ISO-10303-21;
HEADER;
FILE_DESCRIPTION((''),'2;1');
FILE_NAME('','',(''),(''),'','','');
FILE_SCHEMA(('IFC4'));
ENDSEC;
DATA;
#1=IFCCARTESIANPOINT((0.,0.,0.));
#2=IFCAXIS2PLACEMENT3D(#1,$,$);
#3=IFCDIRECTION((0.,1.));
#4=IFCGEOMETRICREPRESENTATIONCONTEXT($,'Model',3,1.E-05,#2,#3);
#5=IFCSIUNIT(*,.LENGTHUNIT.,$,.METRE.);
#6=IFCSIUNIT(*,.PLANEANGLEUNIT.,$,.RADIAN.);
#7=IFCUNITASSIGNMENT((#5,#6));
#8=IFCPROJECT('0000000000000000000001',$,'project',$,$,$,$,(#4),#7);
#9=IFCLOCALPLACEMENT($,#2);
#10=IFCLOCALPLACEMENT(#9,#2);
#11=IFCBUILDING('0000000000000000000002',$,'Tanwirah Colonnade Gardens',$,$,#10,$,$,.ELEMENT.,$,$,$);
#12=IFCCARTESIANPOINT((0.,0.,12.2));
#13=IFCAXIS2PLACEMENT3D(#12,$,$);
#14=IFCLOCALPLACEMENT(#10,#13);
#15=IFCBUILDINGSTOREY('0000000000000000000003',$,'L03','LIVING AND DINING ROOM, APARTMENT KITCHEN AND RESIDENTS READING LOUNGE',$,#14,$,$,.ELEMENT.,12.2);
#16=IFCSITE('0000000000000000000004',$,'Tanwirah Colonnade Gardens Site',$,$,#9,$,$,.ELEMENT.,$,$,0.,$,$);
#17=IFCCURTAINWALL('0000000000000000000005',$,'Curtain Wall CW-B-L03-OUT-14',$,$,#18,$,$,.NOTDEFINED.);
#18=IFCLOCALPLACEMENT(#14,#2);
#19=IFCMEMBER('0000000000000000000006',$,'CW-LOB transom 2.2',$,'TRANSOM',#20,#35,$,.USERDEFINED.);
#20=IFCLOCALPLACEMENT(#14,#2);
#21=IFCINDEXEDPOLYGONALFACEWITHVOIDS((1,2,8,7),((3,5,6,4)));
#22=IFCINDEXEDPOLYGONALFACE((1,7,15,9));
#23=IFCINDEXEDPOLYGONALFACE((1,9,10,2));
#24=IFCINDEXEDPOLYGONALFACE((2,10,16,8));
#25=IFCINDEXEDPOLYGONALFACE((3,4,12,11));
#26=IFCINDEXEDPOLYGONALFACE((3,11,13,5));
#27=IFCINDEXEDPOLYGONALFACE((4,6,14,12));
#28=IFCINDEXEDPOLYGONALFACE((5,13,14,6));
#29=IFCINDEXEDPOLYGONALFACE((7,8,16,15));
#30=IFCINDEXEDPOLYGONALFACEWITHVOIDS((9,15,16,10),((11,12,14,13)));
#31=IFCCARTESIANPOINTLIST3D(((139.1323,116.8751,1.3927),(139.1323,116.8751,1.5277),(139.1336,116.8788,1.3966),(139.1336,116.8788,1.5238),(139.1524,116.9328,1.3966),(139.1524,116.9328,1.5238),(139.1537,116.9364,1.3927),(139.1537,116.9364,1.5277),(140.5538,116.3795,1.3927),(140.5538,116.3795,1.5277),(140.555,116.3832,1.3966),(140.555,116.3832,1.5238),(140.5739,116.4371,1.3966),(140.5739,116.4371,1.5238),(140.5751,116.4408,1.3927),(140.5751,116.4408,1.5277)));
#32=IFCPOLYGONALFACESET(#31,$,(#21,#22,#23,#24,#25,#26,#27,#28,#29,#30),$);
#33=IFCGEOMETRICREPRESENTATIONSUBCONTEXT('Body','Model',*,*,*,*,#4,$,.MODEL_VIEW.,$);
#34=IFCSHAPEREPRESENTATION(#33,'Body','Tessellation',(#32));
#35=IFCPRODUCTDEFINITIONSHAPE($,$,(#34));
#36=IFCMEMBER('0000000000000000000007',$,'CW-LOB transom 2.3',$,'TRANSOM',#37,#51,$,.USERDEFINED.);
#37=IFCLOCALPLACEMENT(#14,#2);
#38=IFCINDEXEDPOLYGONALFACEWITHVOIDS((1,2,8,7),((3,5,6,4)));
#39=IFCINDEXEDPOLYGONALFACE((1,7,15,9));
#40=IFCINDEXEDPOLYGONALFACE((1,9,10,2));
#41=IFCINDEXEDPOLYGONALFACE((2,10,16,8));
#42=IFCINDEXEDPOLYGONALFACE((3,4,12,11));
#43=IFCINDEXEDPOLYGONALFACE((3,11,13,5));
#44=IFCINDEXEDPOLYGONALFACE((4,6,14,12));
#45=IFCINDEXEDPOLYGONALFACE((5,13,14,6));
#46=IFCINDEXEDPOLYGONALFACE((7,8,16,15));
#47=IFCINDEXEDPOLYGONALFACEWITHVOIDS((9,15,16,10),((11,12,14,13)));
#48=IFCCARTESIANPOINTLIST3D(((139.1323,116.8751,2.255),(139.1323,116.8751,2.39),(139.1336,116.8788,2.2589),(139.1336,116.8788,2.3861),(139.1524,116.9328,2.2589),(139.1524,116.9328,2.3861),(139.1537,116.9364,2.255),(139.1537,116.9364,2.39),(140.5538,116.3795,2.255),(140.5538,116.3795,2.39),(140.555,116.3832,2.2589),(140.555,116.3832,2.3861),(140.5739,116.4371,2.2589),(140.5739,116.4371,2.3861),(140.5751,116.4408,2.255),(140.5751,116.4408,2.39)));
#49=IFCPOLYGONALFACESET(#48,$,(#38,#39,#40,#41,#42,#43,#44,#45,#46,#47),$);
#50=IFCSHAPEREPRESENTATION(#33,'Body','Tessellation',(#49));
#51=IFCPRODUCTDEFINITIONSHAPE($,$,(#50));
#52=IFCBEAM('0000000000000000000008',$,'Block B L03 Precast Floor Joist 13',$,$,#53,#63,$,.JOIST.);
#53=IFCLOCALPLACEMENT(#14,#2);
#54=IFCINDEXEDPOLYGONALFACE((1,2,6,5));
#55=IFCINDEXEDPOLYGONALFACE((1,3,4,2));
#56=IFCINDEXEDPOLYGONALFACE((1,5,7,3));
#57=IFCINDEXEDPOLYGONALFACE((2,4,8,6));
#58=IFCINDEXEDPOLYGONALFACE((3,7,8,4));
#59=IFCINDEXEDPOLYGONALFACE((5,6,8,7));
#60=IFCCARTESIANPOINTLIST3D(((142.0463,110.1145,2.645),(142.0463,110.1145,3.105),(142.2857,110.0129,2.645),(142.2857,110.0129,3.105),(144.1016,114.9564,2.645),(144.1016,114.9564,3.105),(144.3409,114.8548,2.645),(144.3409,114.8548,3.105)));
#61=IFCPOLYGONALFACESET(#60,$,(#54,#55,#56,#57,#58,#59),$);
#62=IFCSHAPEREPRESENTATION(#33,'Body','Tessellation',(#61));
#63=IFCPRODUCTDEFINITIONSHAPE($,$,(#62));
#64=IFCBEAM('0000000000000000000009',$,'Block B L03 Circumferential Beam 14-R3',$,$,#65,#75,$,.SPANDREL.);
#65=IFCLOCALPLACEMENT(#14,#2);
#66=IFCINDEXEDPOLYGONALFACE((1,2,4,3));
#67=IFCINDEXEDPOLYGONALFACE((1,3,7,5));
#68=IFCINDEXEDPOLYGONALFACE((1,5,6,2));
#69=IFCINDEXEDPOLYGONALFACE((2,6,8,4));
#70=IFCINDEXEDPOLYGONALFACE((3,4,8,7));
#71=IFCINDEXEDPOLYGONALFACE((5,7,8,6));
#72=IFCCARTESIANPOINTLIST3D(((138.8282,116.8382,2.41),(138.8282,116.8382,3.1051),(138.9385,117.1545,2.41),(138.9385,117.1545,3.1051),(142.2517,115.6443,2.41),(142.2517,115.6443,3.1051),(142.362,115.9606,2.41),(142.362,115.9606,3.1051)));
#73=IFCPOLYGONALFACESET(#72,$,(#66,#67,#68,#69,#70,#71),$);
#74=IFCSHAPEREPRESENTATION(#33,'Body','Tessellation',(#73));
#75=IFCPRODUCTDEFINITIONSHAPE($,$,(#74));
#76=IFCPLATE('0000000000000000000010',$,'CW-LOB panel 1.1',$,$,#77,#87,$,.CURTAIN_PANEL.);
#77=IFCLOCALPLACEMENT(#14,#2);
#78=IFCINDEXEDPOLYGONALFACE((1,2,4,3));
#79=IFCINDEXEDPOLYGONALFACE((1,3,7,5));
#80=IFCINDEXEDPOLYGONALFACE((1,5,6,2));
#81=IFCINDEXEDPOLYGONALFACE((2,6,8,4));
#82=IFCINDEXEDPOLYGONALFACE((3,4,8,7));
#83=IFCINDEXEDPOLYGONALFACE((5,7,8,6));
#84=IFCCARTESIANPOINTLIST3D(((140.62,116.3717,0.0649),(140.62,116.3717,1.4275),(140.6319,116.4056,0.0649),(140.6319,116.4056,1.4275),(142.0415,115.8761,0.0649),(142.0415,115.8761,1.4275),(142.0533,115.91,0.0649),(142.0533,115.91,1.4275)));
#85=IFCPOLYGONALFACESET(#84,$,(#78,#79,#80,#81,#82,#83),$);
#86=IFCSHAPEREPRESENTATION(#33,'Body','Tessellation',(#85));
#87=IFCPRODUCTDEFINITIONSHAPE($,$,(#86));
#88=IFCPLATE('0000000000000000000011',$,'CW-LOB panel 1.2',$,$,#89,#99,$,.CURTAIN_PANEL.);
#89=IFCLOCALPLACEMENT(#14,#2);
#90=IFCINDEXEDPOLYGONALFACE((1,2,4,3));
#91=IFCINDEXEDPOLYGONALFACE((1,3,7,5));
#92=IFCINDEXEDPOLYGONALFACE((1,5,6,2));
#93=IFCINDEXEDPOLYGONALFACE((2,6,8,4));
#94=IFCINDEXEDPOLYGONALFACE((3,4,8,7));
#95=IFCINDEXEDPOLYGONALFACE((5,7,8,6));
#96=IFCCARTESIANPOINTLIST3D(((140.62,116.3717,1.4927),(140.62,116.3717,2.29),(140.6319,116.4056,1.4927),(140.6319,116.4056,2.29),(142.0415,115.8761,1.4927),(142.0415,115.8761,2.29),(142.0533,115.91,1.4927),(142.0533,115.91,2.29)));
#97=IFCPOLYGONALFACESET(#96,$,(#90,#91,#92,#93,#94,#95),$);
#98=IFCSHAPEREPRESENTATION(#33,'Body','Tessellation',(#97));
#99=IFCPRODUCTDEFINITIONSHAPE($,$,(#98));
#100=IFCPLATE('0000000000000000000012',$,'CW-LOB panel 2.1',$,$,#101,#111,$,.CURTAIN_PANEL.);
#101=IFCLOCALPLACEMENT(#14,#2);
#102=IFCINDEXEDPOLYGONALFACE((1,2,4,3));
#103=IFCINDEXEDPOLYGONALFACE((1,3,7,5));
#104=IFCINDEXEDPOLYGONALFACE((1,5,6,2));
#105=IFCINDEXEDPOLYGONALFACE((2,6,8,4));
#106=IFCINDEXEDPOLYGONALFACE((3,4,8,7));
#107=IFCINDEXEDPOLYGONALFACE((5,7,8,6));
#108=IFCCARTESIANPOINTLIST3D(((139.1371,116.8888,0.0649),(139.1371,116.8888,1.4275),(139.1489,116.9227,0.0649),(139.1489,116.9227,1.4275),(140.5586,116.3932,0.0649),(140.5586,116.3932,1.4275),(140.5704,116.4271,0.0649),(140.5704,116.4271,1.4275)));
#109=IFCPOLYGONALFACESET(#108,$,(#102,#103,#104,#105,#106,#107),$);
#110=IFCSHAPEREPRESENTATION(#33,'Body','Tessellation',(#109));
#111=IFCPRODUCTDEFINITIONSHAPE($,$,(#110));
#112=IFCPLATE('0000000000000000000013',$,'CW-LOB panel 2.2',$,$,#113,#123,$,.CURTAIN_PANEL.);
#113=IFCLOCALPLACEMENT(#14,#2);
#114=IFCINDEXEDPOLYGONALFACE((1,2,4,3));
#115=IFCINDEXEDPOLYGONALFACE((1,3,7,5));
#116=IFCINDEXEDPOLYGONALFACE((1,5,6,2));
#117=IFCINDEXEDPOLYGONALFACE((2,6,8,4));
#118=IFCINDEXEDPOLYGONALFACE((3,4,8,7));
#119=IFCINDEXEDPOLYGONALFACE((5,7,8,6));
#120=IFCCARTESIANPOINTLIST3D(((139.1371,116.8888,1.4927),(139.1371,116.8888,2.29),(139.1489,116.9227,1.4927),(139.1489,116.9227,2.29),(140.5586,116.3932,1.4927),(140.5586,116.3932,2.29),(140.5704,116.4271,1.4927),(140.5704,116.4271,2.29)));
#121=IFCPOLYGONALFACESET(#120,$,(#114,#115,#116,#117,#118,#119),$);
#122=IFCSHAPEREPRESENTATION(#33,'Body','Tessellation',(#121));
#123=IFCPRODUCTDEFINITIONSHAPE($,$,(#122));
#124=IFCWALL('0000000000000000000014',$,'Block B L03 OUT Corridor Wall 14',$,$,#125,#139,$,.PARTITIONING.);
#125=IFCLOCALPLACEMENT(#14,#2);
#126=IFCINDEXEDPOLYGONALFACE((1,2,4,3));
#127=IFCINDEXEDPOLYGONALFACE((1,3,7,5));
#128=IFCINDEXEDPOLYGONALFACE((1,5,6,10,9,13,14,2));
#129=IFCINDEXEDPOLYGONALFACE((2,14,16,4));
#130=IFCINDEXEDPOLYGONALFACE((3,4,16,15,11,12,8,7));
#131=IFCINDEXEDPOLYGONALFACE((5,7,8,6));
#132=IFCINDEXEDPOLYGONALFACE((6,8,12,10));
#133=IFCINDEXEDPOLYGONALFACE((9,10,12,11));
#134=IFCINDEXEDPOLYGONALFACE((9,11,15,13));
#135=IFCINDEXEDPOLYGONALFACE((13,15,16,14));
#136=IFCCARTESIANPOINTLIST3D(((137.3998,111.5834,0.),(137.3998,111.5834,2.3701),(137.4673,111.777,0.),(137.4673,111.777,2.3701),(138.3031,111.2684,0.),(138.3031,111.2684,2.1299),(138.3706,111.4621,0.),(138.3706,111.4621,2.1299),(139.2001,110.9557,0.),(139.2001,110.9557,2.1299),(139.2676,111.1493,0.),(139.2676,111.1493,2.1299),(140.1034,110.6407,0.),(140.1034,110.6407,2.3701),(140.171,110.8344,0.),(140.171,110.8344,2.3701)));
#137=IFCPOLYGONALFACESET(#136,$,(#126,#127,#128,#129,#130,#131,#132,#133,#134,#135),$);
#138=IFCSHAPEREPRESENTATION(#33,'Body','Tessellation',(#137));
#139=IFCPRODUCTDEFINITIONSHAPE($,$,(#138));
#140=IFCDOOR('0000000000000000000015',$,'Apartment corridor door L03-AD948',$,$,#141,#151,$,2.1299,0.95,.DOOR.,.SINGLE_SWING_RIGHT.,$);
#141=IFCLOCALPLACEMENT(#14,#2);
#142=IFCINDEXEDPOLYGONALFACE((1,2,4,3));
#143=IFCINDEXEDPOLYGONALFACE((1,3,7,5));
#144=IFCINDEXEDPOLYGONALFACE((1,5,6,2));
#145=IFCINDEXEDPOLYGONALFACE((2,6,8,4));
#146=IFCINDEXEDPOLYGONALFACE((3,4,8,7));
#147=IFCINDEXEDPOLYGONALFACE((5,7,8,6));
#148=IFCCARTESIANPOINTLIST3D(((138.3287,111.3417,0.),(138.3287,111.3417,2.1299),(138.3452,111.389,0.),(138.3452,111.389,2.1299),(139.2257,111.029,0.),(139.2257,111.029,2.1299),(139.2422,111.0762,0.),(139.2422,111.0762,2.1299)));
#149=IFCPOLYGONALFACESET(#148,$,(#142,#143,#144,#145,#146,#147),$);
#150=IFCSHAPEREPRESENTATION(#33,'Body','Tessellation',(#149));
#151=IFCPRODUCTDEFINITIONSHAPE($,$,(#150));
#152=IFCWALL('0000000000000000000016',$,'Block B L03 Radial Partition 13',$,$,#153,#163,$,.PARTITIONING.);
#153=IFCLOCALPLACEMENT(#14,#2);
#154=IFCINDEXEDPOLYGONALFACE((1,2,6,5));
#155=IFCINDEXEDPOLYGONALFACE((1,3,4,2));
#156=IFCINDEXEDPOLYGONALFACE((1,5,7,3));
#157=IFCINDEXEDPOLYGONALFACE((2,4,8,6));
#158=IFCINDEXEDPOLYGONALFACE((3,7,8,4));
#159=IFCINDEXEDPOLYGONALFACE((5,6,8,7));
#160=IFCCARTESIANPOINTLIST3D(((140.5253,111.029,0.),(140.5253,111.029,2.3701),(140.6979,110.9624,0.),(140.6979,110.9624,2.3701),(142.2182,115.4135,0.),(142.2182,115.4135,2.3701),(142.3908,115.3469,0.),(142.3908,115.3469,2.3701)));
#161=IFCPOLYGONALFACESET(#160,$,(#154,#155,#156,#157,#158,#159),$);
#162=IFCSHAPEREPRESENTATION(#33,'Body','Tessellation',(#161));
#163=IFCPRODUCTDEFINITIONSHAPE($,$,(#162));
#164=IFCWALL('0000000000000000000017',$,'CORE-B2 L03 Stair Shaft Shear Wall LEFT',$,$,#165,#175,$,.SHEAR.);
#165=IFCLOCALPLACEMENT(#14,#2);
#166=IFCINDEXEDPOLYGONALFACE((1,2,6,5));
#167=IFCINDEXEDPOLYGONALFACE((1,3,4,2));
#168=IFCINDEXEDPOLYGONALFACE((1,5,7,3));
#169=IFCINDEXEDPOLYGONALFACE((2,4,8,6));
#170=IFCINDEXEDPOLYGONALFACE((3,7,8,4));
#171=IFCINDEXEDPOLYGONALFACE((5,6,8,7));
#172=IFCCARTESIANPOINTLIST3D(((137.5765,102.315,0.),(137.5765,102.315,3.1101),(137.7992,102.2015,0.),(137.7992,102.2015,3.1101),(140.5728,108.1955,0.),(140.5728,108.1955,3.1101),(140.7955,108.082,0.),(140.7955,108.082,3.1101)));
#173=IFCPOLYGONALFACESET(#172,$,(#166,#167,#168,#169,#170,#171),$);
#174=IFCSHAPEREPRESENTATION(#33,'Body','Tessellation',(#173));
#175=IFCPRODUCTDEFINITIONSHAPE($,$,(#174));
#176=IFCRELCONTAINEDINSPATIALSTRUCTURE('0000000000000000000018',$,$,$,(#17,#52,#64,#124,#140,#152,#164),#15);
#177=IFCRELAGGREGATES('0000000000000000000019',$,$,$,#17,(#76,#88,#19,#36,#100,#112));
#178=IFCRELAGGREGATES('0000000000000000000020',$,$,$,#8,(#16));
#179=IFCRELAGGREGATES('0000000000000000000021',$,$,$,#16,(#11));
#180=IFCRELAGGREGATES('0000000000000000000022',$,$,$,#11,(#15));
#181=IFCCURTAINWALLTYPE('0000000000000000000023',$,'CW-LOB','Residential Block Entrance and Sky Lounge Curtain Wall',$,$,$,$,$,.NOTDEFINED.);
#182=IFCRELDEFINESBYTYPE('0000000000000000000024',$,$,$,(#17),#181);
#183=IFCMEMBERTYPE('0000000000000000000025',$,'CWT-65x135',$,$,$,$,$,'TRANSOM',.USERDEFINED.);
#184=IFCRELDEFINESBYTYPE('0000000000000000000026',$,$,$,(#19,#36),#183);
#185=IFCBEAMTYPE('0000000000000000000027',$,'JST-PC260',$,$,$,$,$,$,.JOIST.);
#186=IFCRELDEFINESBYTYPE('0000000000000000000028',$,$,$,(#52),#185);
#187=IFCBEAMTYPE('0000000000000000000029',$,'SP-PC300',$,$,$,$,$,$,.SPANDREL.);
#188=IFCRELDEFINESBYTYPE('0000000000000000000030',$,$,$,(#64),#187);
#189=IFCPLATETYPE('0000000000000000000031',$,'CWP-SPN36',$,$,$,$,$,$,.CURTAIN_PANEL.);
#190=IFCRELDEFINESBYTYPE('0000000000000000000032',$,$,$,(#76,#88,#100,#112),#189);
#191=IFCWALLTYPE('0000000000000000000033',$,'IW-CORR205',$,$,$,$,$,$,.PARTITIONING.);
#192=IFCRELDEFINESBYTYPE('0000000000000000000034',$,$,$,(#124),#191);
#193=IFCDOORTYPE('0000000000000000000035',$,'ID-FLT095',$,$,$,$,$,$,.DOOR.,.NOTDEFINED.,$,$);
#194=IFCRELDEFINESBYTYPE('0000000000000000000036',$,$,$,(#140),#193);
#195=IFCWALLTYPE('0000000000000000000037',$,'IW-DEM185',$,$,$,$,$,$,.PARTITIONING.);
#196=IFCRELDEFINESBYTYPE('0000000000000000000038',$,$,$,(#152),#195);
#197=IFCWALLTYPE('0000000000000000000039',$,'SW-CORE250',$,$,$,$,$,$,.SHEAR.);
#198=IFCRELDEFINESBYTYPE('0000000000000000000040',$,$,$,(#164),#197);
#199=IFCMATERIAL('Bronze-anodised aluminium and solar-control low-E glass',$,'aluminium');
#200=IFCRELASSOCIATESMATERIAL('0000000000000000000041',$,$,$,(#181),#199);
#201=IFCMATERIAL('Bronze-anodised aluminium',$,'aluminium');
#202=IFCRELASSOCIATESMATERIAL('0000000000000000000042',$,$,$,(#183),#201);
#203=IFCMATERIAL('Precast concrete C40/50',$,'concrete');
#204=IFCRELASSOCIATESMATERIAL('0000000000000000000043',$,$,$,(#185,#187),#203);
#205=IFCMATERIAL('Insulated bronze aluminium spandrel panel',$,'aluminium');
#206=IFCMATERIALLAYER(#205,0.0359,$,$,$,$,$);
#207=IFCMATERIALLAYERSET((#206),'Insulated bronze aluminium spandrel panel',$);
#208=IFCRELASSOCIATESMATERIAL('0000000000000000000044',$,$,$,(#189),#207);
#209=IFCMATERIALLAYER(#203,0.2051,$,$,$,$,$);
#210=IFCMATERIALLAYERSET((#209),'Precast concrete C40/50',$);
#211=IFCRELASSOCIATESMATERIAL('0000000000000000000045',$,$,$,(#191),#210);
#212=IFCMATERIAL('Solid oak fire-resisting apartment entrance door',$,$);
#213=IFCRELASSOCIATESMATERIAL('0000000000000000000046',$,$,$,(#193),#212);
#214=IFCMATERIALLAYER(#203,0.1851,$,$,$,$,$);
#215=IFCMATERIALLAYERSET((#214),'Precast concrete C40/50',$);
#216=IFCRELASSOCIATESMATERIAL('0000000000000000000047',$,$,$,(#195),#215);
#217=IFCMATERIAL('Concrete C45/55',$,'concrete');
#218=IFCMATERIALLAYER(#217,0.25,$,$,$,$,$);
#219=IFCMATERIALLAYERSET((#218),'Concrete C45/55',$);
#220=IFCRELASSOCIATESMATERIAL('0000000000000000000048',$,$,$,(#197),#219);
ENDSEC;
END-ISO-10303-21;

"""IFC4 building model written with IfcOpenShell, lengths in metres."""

from ifc_helpers import new_model, si_unit, direction, frame, frame_2d, origin, origin_2d, place, context, subcontext, project, spatial, rectangle, hollow_rectangle, extrude, material, layer, layer_set, material_profile, profile_set, type_object, element, fill, aggregate, save


model = new_model("IFC4")

# Units and contexts
model_context = context("Model", 3, precision=1e-05, world=origin(), true_north=direction((0.0, 1.0)))
body_context = subcontext(model_context, "Body", "Model", "MODEL_VIEW")
ifc_project = project(units=[si_unit("LENGTHUNIT", "METRE"), si_unit("PLANEANGLEUNIT", "RADIAN")], contexts=[model_context])

# Site, building, storey
site_placement = place(None, origin())
site = spatial("IfcSite", under=ifc_project, at=site_placement, Name="Tanwirah Colonnade Gardens Site", CompositionType="ELEMENT", RefElevation=0.0)
building_placement = place(site_placement, origin())
building = spatial("IfcBuilding", under=site, at=building_placement, Name="Tanwirah Colonnade Gardens", CompositionType="ELEMENT")
storey_placement = place(building_placement, frame((0.0, 0.0, 12.2)))
storey = spatial("IfcBuildingStorey", under=building, at=storey_placement, Name="L03", Description="LIVING AND DINING ROOM, APARTMENT KITCHEN AND RESIDENTS READING LOUNGE", CompositionType="ELEMENT", Elevation=12.2)

# Shared definitions
ifc_material_1 = material(Name="Precast concrete C40/50", Category="concrete")

# Curtain wall, members
ifc_material_2 = material(Name="Bronze-anodised aluminium and solar-control low-E glass", Category="aluminium")
curtain_wall_type = type_object("IfcCurtainWallType", Name="CW-LOB", Description="Residential Block Entrance and Sky Lounge Curtain Wall", PredefinedType="NOTDEFINED", material=ifc_material_2)
curtain_wall_placement = place(storey_placement, origin())
curtain_wall = element("IfcCurtainWall", 1, at=curtain_wall_placement, inside=storey, type_object=curtain_wall_type, Name="Curtain Wall CW-B-L03-OUT-14", PredefinedType="NOTDEFINED")
ifc_material_3 = material(Name="Bronze-anodised aluminium", Category="aluminium")
ifc_material_profile_1 = material_profile(ifc_material_3, hollow_rectangle(XDim=0.0649, YDim=0.135, WallThickness=0.0039, at=origin_2d()), Name="CW-TRN 65x135x4")
ifc_profile_set_1 = profile_set([ifc_material_profile_1], Name="Bronze-anodised aluminium")
member_type_1 = type_object("IfcMemberType", Name="CWT-65x135", ElementType="TRANSOM", PredefinedType="USERDEFINED", material=ifc_profile_set_1)
member_1_placement = place(storey_placement, frame((140.5645, 116.4102, 1.4602), z_axis=(-0.944247, 0.329238, 0.0), x_axis=(-0.329238, -0.944247, 0.0)))
member_1 = element("IfcMember", 2, at=member_1_placement, type_object=member_type_1, Name="CW-LOB transom 2.2", ObjectType="TRANSOM", PredefinedType="USERDEFINED", context=body_context, shape_type="SweptSolid", body=[
    extrude(hollow_rectangle(XDim=0.0649, YDim=0.135, WallThickness=0.0039, at=origin_2d()), origin(), (0.0, 0.0, 1.0), 1.5054),
])
member_2_placement = place(storey_placement, frame((140.5645, 116.4102, 2.3225), z_axis=(-0.944247, 0.329238, 0.0), x_axis=(-0.329238, -0.944247, 0.0)))
member_2 = element("IfcMember", 3, at=member_2_placement, type_object=member_type_1, Name="CW-LOB transom 2.3", ObjectType="TRANSOM", PredefinedType="USERDEFINED", context=body_context, shape_type="SweptSolid", body=[
    extrude(hollow_rectangle(XDim=0.0649, YDim=0.135, WallThickness=0.0039, at=origin_2d()), origin(), (0.0, 0.0, 1.0), 1.5054),
])

# Beams
ifc_material_profile_2 = material_profile(ifc_material_1, rectangle(XDim=0.26, YDim=0.46, at=origin_2d()), Name="PC-JST 260x460")
ifc_profile_set_2 = profile_set([ifc_material_profile_2], Name="Precast concrete C40/50")
beam_type_1 = type_object("IfcBeamType", Name="JST-PC260", PredefinedType="JOIST", material=ifc_profile_set_2)
beam_1_placement = place(storey_placement, frame((142.166, 110.0637, 2.875), z_axis=(0.390724, 0.920508, 0.0), x_axis=(-0.920508, 0.390724, 0.0)))
element("IfcBeam", 4, at=beam_1_placement, inside=storey, type_object=beam_type_1, Name="Block B L03 Precast Floor Joist 13", PredefinedType="JOIST", context=body_context, shape_type="SweptSolid", body=[
    extrude(rectangle(XDim=0.26, YDim=0.46, at=origin_2d()), origin(), (0.0, 0.0, 1.0), 5.26),
])
ifc_material_profile_3 = material_profile(ifc_material_1, rectangle(XDim=0.335, YDim=0.6951, at=origin_2d()), Name="PC-SP 335x695")
ifc_profile_set_3 = profile_set([ifc_material_profile_3], Name="Precast concrete C40/50")
beam_type_2 = type_object("IfcBeamType", Name="SP-PC300", PredefinedType="SPANDREL", material=ifc_profile_set_3)
beam_2_placement = place(storey_placement, frame((142.3069, 115.8025, 2.7576), z_axis=(-0.944237, 0.329267, 0.0), x_axis=(-0.329267, -0.944237, 0.0)))
element("IfcBeam", 5, at=beam_2_placement, inside=storey, type_object=beam_type_2, Name="Block B L03 Circumferential Beam 14-R3", PredefinedType="SPANDREL", context=body_context, shape_type="SweptSolid", body=[
    extrude(rectangle(XDim=0.335, YDim=0.6951, at=origin_2d()), origin(), (0.0, 0.0, 1.0), 3.6257),
])

# Plates
ifc_material_4 = material(Name="Insulated bronze aluminium spandrel panel", Category="aluminium")
ifc_layer_1 = layer(ifc_material_4, 0.0359)
ifc_layer_set_1 = layer_set([ifc_layer_1], Name="Insulated bronze aluminium spandrel panel")
plate_type = type_object("IfcPlateType", Name="CWP-SPN36", PredefinedType="CURTAIN_PANEL", material=ifc_layer_set_1)
plate_1_placement = place(storey_placement, frame((141.3367, 116.1409, 0.0649), z_axis=(0.0, 0.0, 1.0), x_axis=(-0.944249, 0.329232, 0.0)))
plate_1 = element("IfcPlate", 6, at=plate_1_placement, type_object=plate_type, Name="CW-LOB panel 1.1", PredefinedType="CURTAIN_PANEL", context=body_context, shape_type="SweptSolid", body=[
    extrude(rectangle(XDim=1.5054, YDim=0.0359, at=origin_2d()), origin(), (0.0, 0.0, 1.0), 1.3625),
])
plate_2_placement = place(storey_placement, frame((141.3367, 116.1409, 1.4927), z_axis=(0.0, 0.0, 1.0), x_axis=(-0.944249, 0.329232, 0.0)))
plate_2 = element("IfcPlate", 7, at=plate_2_placement, type_object=plate_type, Name="CW-LOB panel 1.2", PredefinedType="CURTAIN_PANEL", context=body_context, shape_type="SweptSolid", body=[
    extrude(rectangle(XDim=1.5054, YDim=0.0359, at=origin_2d()), origin(), (0.0, 0.0, 1.0), 0.7974),
])
plate_3_placement = place(storey_placement, frame((139.8538, 116.658, 0.0649), z_axis=(0.0, 0.0, 1.0), x_axis=(-0.944249, 0.329232, 0.0)))
plate_3 = element("IfcPlate", 8, at=plate_3_placement, type_object=plate_type, Name="CW-LOB panel 2.1", PredefinedType="CURTAIN_PANEL", context=body_context, shape_type="SweptSolid", body=[
    extrude(rectangle(XDim=1.5054, YDim=0.0359, at=origin_2d()), origin(), (0.0, 0.0, 1.0), 1.3625),
])
plate_4_placement = place(storey_placement, frame((139.8538, 116.658, 1.4927), z_axis=(0.0, 0.0, 1.0), x_axis=(-0.944249, 0.329232, 0.0)))
plate_4 = element("IfcPlate", 9, at=plate_4_placement, type_object=plate_type, Name="CW-LOB panel 2.2", PredefinedType="CURTAIN_PANEL", context=body_context, shape_type="SweptSolid", body=[
    extrude(rectangle(XDim=1.5054, YDim=0.0359, at=origin_2d()), origin(), (0.0, 0.0, 1.0), 0.7974),
])
aggregate(curtain_wall, [plate_1, plate_2, member_1, member_2, plate_3, plate_4])

# Wall, opening, door
ifc_layer_2 = layer(ifc_material_1, 0.2051)
ifc_layer_set_2 = layer_set([ifc_layer_2], Name="Precast concrete C40/50")
wall_type_1 = type_object("IfcWallType", Name="IW-CORR205", PredefinedType="PARTITIONING", material=ifc_layer_set_2)
wall_1_placement = place(storey_placement, frame((140.1372, 110.7375, 0.0), z_axis=(0.0, 0.0, 1.0), x_axis=(-0.944254, 0.329218, 0.0)))
wall_1 = element("IfcWall", 10, at=wall_1_placement, inside=storey, type_object=wall_type_1, Name="Block B L03 OUT Corridor Wall 14", PredefinedType="PARTITIONING", context=body_context, shape_type="SweptSolid", body=[
    extrude(rectangle(XDim=2.8633, YDim=0.2051, at=frame_2d((1.4316, 0.0))), origin(), (0.0, 0.0, 1.0), 2.3701),
])
opening_placement = place(wall_1_placement, frame((0.9565, 0.0, 0.0)))
opening = element("IfcOpeningElement", 11, at=opening_placement, cuts=wall_1, PredefinedType="OPENING", context=body_context, shape_type="SweptSolid", body=[
    extrude(rectangle(XDim=0.95, YDim=2.1299, at=frame_2d((0.4751, 1.0649))), frame((0.0, 0.1125, 0.0), z_axis=(0.0, -1.0, 0.0), x_axis=(1.0, 0.0, 0.0)), (0.0, 0.0, 1.0), 0.2251),
])
ifc_material_5 = material(Name="Solid oak fire-resisting apartment entrance door")
door_type = type_object("IfcDoorType", Name="ID-FLT095", OperationType="NOTDEFINED", PredefinedType="DOOR", material=ifc_material_5)
door_placement = place(opening_placement, origin())
door = element("IfcDoor", 12, at=door_placement, inside=storey, type_object=door_type, Name="Apartment corridor door L03-AD948", OperationType="SINGLE_SWING_RIGHT", OverallHeight=2.1299, OverallWidth=0.95, PredefinedType="DOOR", context=body_context, shape_type="SweptSolid", body=[
    extrude(rectangle(XDim=0.95, YDim=2.1299, at=frame_2d((0.4751, 1.0649))), frame((0.0, 0.0249, 0.0), z_axis=(0.0, -1.0, 0.0), x_axis=(1.0, 0.0, 0.0)), (0.0, 0.0, 1.0), 0.05),
])
fill(opening, door)

# Walls
ifc_layer_3 = layer(ifc_material_1, 0.1851)
ifc_layer_set_3 = layer_set([ifc_layer_3], Name="Precast concrete C40/50")
wall_type_2 = type_object("IfcWallType", Name="IW-DEM185", PredefinedType="PARTITIONING", material=ifc_layer_set_3)
wall_2_placement = place(storey_placement, frame((140.6116, 110.9956, 0.0), z_axis=(0.0, 0.0, 1.0), x_axis=(0.360187, 0.93288, 0.0)))
element("IfcWall", 13, at=wall_2_placement, inside=storey, type_object=wall_type_2, Name="Block B L03 Radial Partition 13", PredefinedType="PARTITIONING", context=body_context, shape_type="SweptSolid", body=[
    extrude(rectangle(XDim=4.7, YDim=0.1851, at=frame_2d((2.3501, 0.0))), origin(), (0.0, 0.0, 1.0), 2.3701),
])
ifc_material_6 = material(Name="Concrete C45/55", Category="concrete")
ifc_layer_4 = layer(ifc_material_6, 0.25)
ifc_layer_set_4 = layer_set([ifc_layer_4], Name="Concrete C45/55")
wall_type_3 = type_object("IfcWallType", Name="SW-CORE250", PredefinedType="SHEAR", material=ifc_layer_set_4)
wall_3_placement = place(storey_placement, frame((140.6841, 108.1387, 0.0), z_axis=(0.0, 0.0, 1.0), x_axis=(-0.453992, -0.891006, 0.0)))
element("IfcWall", 14, at=wall_3_placement, inside=storey, type_object=wall_type_3, Name="CORE-B2 L03 Stair Shaft Shear Wall LEFT", PredefinedType="SHEAR", context=body_context, shape_type="SweptSolid", body=[
    extrude(rectangle(XDim=6.5999, YDim=0.25, at=frame_2d((3.2998, 0.0))), origin(), (0.0, 0.0, 1.0), 3.1101),
])

save(model, "model.ifc")
